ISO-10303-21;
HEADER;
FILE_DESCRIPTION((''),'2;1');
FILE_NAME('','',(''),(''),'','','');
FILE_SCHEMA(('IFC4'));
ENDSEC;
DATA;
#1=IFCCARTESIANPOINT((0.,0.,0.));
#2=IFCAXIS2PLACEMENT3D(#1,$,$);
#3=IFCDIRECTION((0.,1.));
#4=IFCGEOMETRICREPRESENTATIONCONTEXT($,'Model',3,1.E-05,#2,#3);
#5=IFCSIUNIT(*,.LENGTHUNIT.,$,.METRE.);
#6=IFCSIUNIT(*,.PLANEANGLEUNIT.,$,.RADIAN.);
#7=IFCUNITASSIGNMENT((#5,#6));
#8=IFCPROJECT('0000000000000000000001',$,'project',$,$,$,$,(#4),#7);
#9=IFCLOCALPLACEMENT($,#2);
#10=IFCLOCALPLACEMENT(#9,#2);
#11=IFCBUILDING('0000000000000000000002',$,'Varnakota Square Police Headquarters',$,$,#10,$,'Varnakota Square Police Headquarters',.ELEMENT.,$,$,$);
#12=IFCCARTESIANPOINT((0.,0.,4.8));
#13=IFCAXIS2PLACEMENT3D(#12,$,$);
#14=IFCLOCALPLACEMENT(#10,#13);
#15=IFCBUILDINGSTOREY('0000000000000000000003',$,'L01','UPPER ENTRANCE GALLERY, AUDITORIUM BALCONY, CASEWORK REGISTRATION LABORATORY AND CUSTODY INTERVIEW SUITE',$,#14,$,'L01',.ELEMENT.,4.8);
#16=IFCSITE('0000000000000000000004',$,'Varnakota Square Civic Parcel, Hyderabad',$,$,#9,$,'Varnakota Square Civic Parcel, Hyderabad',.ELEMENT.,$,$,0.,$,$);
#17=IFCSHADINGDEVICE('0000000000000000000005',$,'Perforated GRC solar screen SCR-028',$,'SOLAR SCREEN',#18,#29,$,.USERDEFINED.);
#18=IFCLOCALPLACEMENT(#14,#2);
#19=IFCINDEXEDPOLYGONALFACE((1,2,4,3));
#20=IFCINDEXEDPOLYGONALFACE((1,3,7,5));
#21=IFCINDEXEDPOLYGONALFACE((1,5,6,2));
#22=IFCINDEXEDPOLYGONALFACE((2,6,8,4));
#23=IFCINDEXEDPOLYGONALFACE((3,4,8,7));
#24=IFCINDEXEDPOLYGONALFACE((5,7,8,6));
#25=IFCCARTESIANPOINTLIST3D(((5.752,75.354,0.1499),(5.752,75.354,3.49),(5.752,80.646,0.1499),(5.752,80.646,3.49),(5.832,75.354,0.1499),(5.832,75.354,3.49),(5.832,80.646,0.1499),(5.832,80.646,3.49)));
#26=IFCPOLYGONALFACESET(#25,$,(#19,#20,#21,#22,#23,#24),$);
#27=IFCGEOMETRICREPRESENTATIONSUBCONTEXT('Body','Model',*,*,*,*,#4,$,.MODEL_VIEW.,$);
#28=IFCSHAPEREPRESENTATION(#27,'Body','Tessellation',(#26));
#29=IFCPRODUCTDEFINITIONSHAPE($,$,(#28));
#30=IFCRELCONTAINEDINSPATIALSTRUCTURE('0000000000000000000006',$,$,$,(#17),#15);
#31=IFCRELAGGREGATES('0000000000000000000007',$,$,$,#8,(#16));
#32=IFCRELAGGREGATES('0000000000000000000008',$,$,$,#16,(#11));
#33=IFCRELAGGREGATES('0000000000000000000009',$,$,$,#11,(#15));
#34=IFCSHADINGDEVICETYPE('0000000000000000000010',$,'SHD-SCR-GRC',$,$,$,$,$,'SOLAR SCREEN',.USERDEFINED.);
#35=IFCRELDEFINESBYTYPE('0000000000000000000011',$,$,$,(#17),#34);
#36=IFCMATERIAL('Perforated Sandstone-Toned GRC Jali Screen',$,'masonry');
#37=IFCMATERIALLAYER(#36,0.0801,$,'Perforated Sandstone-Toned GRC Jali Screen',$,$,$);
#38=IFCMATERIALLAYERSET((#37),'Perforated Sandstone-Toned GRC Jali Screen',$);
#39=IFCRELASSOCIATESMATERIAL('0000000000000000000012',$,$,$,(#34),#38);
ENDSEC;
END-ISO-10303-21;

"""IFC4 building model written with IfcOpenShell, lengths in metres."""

from ifc_helpers import new_model, si_unit, direction, frame, origin, origin_2d, place, context, subcontext, project, spatial, rectangle, extrude, material, layer, layer_set, type_object, element, save


model = new_model("IFC4")

# Units and contexts
model_context = context("Model", 3, precision=1e-05, world=origin(), true_north=direction((0.0, 1.0)))
body_context = subcontext(model_context, "Body", "Model", "MODEL_VIEW")
ifc_project = project(units=[si_unit("LENGTHUNIT", "METRE"), si_unit("PLANEANGLEUNIT", "RADIAN")], contexts=[model_context])

# Site, building, storey
site_placement = place(None, origin())
site = spatial("IfcSite", under=ifc_project, at=site_placement, Name="Varnakota Square Civic Parcel, Hyderabad", LongName="Varnakota Square Civic Parcel, Hyderabad", CompositionType="ELEMENT", RefElevation=0.0)
building_placement = place(site_placement, origin())
building = spatial("IfcBuilding", under=site, at=building_placement, Name="Varnakota Square Police Headquarters", LongName="Varnakota Square Police Headquarters", CompositionType="ELEMENT")
storey_placement = place(building_placement, frame((0.0, 0.0, 4.8)))
storey = spatial("IfcBuildingStorey", under=building, at=storey_placement, Name="L01", Description="UPPER ENTRANCE GALLERY, AUDITORIUM BALCONY, CASEWORK REGISTRATION LABORATORY AND CUSTODY INTERVIEW SUITE", LongName="L01", CompositionType="ELEMENT", Elevation=4.8)

# Shading device
ifc_material_1 = material(Name="Perforated Sandstone-Toned GRC Jali Screen", Category="masonry")
ifc_layer_1 = layer(ifc_material_1, 0.0801, Name="Perforated Sandstone-Toned GRC Jali Screen")
ifc_layer_set_1 = layer_set([ifc_layer_1], Name="Perforated Sandstone-Toned GRC Jali Screen")
shading_device_type = type_object("IfcShadingDeviceType", Name="SHD-SCR-GRC", ElementType="SOLAR SCREEN", PredefinedType="USERDEFINED", material=ifc_layer_set_1)
shading_device_1_placement = place(storey_placement, frame((5.792, 78.0, 0.1499), z_axis=(0.0, 0.0, 1.0), x_axis=(0.0, 1.0, 0.0)))
element("IfcShadingDevice", 1, at=shading_device_1_placement, inside=storey, type_object=shading_device_type, Name="Perforated GRC solar screen SCR-028", ObjectType="SOLAR SCREEN", PredefinedType="USERDEFINED", context=body_context, shape_type="SweptSolid", body=[
    extrude(rectangle(XDim=5.292, YDim=0.0801, at=origin_2d()), origin(), (0.0, 0.0, 1.0), 3.3401),
])

save(model, "model.ifc")
